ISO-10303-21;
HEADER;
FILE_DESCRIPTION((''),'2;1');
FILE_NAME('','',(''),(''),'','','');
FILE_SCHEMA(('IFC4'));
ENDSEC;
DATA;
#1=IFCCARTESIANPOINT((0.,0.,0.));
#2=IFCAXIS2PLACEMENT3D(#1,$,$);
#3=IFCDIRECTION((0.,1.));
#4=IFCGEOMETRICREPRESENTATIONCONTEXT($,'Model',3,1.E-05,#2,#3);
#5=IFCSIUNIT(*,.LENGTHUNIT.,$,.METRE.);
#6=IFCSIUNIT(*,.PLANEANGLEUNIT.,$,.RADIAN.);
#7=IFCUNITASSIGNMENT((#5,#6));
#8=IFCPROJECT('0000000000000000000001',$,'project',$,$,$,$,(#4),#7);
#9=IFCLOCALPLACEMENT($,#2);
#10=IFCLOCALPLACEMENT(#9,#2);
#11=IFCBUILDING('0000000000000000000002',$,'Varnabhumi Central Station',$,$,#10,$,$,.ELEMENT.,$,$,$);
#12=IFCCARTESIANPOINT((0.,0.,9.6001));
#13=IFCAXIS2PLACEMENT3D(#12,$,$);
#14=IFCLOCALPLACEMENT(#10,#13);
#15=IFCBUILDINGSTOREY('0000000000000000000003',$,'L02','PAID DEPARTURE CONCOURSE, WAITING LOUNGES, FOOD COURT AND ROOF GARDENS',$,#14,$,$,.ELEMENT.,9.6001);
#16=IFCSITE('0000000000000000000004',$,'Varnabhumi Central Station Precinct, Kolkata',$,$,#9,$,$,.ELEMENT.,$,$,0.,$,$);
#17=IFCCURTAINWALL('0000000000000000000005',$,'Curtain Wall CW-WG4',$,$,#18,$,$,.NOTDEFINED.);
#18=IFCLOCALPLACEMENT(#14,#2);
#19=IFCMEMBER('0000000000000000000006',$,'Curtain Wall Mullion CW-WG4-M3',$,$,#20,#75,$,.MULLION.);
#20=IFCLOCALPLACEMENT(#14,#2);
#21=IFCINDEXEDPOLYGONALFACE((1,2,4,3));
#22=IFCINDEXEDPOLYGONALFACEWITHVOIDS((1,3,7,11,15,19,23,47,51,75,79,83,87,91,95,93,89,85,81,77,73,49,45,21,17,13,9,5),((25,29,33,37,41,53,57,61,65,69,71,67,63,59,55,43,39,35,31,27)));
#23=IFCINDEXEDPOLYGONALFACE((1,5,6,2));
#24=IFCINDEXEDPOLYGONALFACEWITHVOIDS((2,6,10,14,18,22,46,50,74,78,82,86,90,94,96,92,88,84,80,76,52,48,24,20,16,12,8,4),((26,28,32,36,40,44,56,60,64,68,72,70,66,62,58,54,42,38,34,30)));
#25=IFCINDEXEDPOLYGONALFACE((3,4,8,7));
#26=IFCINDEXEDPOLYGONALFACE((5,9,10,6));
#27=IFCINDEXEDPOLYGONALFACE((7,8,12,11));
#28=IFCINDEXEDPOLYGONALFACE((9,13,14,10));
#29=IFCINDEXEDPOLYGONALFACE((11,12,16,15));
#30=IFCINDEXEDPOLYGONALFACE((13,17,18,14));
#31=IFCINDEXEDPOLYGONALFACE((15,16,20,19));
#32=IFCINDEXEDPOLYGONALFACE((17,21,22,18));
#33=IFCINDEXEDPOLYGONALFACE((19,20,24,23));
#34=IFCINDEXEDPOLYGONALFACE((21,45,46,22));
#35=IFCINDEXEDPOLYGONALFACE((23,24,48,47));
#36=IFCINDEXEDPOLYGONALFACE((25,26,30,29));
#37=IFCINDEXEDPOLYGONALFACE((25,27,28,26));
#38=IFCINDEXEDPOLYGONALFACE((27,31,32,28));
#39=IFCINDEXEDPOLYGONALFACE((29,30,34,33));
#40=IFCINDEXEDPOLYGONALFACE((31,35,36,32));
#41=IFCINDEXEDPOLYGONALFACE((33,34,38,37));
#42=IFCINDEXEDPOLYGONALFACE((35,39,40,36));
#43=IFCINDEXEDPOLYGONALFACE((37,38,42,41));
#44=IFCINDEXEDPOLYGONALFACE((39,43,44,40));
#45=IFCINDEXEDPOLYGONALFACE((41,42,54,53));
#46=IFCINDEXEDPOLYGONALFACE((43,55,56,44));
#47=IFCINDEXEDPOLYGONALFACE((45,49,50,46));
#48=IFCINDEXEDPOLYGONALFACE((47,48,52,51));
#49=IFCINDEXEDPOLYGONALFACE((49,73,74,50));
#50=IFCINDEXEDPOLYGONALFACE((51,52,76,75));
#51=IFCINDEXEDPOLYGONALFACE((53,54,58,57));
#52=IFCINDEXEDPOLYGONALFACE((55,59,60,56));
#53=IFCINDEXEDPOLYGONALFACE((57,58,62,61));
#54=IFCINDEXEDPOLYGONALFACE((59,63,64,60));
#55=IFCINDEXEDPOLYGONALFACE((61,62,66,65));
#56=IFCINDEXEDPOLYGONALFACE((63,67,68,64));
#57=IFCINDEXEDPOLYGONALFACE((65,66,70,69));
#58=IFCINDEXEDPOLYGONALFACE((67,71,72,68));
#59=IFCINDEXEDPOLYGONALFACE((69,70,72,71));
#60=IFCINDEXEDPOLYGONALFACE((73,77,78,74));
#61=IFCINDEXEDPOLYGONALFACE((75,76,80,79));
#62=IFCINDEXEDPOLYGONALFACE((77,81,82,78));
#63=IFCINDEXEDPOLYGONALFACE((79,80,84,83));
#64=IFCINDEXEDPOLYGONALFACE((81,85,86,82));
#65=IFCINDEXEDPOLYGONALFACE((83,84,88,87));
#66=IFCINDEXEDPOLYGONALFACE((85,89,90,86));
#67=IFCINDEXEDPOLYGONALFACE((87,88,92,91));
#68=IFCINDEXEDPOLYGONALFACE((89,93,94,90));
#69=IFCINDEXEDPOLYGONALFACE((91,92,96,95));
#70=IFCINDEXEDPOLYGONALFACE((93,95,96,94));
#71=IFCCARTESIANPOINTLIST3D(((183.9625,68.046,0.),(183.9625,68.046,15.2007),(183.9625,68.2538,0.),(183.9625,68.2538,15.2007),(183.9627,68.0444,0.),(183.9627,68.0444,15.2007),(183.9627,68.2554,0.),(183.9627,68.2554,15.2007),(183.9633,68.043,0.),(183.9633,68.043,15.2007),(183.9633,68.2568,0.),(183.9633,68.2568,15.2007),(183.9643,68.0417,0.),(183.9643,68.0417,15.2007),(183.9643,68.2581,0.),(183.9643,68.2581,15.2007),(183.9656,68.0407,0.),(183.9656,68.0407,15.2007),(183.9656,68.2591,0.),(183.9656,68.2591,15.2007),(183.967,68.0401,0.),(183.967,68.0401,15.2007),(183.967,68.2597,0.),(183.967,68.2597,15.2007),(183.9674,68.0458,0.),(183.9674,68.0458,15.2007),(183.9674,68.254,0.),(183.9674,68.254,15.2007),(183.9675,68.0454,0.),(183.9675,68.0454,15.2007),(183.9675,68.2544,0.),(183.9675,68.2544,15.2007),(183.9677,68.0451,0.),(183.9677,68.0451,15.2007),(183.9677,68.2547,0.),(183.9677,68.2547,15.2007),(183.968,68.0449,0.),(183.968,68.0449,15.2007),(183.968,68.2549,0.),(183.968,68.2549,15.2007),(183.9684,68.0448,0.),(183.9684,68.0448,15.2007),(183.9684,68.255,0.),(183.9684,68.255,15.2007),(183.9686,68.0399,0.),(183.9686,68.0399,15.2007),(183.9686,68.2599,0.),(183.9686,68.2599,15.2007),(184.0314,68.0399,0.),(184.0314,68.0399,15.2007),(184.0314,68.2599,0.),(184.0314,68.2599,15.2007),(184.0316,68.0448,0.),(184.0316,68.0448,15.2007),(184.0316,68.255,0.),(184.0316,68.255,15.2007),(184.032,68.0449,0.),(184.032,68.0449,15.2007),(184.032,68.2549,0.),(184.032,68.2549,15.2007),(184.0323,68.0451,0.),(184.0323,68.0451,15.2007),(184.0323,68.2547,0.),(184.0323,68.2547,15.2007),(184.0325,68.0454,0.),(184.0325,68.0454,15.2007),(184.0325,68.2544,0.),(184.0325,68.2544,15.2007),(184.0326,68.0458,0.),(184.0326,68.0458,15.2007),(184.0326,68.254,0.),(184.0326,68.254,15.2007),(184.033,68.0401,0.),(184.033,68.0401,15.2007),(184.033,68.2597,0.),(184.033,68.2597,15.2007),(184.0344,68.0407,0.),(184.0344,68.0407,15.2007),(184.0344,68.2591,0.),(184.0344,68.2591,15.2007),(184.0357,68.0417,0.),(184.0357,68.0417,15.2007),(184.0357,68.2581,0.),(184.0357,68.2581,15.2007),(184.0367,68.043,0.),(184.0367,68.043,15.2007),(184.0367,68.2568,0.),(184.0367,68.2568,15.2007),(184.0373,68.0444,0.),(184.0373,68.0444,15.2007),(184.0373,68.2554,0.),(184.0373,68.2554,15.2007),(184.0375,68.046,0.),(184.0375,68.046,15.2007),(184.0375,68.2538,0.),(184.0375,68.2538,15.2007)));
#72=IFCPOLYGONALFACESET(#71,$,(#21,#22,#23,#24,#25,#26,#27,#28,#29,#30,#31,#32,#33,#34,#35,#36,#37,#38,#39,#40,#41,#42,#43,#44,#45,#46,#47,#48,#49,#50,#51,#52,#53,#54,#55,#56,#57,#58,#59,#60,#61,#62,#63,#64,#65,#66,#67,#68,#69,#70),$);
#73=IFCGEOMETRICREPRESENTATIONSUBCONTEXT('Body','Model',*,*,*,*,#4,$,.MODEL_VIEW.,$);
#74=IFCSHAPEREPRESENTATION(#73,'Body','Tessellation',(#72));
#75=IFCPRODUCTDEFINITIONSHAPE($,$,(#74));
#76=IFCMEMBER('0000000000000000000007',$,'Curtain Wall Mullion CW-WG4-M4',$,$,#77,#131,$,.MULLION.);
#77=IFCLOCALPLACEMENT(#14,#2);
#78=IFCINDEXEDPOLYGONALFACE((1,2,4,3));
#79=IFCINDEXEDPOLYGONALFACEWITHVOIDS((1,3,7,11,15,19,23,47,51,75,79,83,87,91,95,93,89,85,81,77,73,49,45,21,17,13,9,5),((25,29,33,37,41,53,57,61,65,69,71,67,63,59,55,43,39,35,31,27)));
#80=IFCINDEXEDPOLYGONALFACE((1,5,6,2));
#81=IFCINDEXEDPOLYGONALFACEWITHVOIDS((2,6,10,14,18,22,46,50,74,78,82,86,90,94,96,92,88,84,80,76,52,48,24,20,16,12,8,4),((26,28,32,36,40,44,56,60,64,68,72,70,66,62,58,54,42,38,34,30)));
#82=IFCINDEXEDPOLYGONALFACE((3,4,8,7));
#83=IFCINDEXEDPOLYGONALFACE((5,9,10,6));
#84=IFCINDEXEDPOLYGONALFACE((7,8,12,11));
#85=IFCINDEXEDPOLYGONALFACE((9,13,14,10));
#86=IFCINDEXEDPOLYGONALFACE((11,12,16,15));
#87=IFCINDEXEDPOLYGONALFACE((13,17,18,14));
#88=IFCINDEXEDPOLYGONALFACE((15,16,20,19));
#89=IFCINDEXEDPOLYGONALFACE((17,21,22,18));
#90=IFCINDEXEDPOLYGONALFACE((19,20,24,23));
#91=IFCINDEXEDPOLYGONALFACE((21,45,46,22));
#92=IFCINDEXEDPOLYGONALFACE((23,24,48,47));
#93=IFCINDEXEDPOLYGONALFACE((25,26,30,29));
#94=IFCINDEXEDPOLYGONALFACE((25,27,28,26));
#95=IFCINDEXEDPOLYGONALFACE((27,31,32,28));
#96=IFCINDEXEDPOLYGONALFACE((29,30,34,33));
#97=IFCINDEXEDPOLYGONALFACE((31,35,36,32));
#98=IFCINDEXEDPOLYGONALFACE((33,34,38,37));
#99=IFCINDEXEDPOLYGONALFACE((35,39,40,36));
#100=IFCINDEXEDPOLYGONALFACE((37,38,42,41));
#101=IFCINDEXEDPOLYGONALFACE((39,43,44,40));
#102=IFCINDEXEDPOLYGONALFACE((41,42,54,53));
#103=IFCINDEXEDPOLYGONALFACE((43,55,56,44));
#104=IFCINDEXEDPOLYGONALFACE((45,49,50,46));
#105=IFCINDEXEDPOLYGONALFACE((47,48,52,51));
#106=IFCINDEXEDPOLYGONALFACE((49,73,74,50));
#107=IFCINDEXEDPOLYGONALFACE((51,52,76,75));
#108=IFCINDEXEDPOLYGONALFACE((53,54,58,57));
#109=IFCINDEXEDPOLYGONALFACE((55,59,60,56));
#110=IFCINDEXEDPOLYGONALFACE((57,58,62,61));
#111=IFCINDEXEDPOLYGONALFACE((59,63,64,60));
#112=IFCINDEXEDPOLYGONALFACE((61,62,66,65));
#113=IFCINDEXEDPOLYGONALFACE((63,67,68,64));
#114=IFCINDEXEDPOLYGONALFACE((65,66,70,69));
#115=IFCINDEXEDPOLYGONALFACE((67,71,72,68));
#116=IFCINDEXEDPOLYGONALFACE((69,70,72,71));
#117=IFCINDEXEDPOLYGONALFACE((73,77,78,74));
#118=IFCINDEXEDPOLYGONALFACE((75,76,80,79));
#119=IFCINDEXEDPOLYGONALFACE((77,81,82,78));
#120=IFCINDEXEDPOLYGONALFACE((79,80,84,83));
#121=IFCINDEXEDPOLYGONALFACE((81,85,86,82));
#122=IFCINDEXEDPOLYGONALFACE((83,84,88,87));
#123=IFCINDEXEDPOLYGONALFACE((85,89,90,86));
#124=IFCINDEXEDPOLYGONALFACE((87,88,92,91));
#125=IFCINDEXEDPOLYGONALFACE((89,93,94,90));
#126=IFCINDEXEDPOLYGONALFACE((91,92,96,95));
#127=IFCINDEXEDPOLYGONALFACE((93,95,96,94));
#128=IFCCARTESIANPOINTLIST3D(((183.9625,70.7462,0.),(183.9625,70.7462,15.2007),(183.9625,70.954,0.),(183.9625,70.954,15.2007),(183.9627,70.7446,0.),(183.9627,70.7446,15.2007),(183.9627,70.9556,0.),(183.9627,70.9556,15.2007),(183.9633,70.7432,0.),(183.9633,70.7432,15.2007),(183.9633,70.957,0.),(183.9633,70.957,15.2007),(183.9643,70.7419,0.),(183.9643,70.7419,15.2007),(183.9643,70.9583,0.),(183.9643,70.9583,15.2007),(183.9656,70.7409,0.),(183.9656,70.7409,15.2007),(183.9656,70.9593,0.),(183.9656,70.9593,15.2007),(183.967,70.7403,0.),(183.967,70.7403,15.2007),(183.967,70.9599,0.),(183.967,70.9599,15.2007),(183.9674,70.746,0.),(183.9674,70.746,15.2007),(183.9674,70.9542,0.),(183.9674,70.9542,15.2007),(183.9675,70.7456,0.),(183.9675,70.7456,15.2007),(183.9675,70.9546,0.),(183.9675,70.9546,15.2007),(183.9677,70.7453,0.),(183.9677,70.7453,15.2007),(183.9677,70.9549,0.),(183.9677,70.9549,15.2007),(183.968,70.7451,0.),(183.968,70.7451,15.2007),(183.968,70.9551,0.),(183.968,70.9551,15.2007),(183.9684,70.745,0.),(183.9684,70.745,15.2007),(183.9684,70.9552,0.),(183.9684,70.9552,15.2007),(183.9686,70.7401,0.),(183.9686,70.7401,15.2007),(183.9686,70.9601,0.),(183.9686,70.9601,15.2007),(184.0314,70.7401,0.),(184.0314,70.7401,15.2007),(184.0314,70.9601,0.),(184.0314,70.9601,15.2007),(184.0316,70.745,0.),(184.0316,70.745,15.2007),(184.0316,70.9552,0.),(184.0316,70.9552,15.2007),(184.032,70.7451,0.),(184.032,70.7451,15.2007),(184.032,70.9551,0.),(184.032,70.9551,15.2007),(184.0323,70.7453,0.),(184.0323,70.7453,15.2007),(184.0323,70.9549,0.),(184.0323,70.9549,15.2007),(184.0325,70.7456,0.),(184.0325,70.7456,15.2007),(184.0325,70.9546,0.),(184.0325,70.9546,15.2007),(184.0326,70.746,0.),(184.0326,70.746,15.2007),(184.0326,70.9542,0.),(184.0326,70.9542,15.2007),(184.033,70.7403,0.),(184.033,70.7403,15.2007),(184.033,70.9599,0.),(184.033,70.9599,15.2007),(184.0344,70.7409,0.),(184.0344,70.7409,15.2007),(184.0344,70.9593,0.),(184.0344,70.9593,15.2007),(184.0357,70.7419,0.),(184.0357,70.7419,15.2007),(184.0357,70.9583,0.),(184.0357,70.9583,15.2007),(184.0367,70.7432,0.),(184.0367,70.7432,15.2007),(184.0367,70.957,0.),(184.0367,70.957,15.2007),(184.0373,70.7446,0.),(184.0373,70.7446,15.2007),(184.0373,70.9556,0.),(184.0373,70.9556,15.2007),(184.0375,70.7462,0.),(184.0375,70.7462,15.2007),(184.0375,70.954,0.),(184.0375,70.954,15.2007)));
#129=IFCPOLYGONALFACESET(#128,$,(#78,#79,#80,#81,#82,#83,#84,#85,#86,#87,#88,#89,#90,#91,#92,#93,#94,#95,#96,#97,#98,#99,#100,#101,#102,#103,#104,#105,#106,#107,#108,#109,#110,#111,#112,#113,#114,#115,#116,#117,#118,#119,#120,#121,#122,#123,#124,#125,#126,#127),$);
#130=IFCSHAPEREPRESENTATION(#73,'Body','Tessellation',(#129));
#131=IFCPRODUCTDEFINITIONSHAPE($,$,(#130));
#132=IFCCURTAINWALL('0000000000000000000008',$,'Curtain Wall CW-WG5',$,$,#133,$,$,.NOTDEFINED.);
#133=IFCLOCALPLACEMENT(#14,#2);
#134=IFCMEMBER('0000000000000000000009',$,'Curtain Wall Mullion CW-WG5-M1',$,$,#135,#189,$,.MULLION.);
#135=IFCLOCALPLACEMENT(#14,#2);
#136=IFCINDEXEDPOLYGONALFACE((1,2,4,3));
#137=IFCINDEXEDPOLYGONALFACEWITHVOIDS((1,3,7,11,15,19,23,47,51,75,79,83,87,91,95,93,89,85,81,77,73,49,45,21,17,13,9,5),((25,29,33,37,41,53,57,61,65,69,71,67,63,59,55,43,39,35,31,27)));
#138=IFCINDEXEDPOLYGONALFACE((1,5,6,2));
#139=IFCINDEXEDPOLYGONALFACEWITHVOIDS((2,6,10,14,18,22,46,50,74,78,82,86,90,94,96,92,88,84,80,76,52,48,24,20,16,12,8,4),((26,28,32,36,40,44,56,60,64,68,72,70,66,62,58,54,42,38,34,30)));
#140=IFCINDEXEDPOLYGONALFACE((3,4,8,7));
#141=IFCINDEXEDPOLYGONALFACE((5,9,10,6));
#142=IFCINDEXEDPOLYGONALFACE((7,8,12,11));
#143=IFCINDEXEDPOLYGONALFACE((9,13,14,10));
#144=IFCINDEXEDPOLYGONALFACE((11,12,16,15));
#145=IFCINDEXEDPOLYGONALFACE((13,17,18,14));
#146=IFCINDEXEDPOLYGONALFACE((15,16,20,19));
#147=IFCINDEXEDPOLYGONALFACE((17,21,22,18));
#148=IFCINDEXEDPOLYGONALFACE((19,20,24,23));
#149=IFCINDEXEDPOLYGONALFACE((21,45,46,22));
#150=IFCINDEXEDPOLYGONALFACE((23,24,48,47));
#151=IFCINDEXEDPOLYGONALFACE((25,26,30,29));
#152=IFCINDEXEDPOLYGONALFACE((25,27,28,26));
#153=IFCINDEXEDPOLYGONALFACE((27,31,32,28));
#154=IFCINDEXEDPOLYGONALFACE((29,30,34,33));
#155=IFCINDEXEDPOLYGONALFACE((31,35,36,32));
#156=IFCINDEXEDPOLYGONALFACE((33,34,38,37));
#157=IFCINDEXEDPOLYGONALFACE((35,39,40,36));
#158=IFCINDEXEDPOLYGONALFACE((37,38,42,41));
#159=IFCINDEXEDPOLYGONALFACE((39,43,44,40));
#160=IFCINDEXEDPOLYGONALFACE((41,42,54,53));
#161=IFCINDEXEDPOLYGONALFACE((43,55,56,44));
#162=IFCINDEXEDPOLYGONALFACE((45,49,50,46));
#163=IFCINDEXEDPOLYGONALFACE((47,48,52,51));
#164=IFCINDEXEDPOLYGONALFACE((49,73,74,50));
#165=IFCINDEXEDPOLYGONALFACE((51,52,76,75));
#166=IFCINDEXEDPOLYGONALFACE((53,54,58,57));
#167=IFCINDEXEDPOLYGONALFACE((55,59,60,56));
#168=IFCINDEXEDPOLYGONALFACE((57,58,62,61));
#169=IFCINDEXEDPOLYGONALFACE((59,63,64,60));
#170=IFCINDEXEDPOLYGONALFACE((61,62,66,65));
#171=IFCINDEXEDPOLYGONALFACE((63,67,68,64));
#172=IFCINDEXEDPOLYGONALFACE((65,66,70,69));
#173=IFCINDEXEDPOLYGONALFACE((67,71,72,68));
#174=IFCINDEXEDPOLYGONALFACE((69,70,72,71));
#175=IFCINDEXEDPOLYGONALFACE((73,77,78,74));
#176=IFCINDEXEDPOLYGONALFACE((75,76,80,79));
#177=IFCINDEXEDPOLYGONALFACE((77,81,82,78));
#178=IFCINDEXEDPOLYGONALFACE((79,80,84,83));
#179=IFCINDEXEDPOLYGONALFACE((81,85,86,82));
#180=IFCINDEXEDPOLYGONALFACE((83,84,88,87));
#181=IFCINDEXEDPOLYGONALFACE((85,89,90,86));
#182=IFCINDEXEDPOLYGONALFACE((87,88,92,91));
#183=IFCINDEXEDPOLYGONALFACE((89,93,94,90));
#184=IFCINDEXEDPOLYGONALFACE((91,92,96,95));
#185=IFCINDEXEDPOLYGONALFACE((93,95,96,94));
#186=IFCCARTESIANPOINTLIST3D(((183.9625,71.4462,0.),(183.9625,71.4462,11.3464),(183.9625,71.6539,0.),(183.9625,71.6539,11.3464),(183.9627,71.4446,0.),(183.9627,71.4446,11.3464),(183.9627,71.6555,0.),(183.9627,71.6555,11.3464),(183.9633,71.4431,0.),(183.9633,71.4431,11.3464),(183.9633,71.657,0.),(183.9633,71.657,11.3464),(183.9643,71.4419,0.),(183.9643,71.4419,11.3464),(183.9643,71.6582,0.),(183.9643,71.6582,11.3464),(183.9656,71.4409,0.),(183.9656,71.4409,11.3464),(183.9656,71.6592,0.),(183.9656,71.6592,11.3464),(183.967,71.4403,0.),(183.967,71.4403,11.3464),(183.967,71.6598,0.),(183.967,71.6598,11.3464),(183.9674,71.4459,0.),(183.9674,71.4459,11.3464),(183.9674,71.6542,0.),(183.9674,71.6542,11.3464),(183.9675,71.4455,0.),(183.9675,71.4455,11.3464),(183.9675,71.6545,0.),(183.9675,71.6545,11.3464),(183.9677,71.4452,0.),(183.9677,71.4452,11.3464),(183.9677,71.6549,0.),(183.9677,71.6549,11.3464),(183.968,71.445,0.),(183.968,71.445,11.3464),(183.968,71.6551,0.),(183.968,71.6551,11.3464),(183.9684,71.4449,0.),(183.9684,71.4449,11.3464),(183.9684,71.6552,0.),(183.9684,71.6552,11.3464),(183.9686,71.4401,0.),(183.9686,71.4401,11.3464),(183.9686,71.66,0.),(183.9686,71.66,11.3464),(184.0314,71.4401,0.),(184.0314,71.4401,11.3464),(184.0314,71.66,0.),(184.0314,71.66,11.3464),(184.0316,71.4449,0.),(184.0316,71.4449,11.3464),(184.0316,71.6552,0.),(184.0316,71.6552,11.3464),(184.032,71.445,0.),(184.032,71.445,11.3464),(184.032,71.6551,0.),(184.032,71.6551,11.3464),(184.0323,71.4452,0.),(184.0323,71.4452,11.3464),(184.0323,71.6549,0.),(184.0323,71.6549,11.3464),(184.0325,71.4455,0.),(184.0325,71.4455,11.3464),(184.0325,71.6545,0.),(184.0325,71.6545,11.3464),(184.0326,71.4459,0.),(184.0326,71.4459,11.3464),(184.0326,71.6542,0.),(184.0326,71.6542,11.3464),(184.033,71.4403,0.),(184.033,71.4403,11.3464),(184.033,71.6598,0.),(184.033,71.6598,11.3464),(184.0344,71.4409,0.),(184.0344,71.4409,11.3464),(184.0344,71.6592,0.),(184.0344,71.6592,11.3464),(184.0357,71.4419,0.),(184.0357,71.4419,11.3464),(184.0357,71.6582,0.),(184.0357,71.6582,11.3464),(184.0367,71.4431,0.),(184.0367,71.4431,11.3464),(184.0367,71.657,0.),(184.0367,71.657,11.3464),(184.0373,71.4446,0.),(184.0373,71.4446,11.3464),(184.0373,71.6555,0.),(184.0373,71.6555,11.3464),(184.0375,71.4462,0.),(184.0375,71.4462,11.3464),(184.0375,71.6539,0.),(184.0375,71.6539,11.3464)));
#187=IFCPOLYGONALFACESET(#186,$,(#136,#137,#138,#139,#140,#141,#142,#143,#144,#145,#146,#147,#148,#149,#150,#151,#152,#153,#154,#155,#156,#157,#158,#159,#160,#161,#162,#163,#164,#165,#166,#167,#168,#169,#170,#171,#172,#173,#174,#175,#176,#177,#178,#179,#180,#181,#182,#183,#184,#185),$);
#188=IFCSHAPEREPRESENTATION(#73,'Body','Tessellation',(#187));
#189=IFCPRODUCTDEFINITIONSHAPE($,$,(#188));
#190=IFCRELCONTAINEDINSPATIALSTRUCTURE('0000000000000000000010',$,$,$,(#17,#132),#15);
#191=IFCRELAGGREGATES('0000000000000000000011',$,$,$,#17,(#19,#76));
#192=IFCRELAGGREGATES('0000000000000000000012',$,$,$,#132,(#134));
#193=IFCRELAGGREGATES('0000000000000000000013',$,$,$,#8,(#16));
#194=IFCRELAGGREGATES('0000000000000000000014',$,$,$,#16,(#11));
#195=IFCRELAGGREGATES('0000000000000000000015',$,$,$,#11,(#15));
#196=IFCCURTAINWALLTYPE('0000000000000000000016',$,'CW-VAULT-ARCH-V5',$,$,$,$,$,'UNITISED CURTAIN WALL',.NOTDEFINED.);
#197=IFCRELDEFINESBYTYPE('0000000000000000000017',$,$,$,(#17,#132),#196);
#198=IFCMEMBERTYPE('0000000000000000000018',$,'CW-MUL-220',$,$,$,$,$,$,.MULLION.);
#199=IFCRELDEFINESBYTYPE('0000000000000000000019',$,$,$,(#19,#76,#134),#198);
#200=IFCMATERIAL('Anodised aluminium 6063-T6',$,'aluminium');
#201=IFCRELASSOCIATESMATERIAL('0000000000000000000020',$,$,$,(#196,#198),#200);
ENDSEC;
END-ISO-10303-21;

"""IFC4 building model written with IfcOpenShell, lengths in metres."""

from ifc_helpers import new_model, si_unit, direction, frame, origin, origin_2d, place, context, subcontext, project, spatial, hollow_rectangle, extrude, material, material_profile, profile_set, type_object, element, aggregate, save


model = new_model("IFC4")

# Units and contexts
model_context = context("Model", 3, precision=1e-05, world=origin(), true_north=direction((0.0, 1.0)))
body_context = subcontext(model_context, "Body", "Model", "MODEL_VIEW")
ifc_project = project(units=[si_unit("LENGTHUNIT", "METRE"), si_unit("PLANEANGLEUNIT", "RADIAN")], contexts=[model_context])

# Site, building, storey
site_placement = place(None, origin())
site = spatial("IfcSite", under=ifc_project, at=site_placement, Name="Varnabhumi Central Station Precinct, Kolkata", CompositionType="ELEMENT", RefElevation=0.0)
building_placement = place(site_placement, origin())
building = spatial("IfcBuilding", under=site, at=building_placement, Name="Varnabhumi Central Station", CompositionType="ELEMENT")
storey_placement = place(building_placement, frame((0.0, 0.0, 9.6001)))
storey = spatial("IfcBuildingStorey", under=building, at=storey_placement, Name="L02", Description="PAID DEPARTURE CONCOURSE, WAITING LOUNGES, FOOD COURT AND ROOF GARDENS", CompositionType="ELEMENT", Elevation=9.6001)

# Curtain walls, members
ifc_material_1 = material(Name="Anodised aluminium 6063-T6", Category="aluminium")
curtain_wall_type = type_object("IfcCurtainWallType", Name="CW-VAULT-ARCH-V5", ElementType="UNITISED CURTAIN WALL", PredefinedType="NOTDEFINED", material=ifc_material_1)
curtain_wall_1_placement = place(storey_placement, origin())
curtain_wall_1 = element("IfcCurtainWall", 1, at=curtain_wall_1_placement, inside=storey, type_object=curtain_wall_type, Name="Curtain Wall CW-WG4", PredefinedType="NOTDEFINED")
ifc_material_profile_1 = material_profile(ifc_material_1, hollow_rectangle(XDim=0.075, YDim=0.22, WallThickness=0.0049, InnerFilletRadius=0.001, OuterFilletRadius=0.0061, at=origin_2d()), Name="Anodised aluminium 6063-T6", Category="aluminium")
ifc_profile_set_1 = profile_set([ifc_material_profile_1], Name="Anodised aluminium 6063-T6")
member_type_1 = type_object("IfcMemberType", Name="CW-MUL-220", PredefinedType="MULLION", material=ifc_profile_set_1)
member_1_placement = place(storey_placement, frame((184.0, 68.1499, 0.0), z_axis=(0.0, 0.0, 1.0), x_axis=(1.0, 0.0, 0.0)))
member_1 = element("IfcMember", 2, at=member_1_placement, type_object=member_type_1, Name="Curtain Wall Mullion CW-WG4-M3", PredefinedType="MULLION", context=body_context, shape_type="SweptSolid", body=[
    extrude(hollow_rectangle(XDim=0.075, YDim=0.22, WallThickness=0.0049, InnerFilletRadius=0.001, OuterFilletRadius=0.0061, at=origin_2d()), origin(), (0.0, 0.0, 1.0), 15.2007),
])
member_2_placement = place(storey_placement, frame((184.0, 70.8501, 0.0), z_axis=(0.0, 0.0, 1.0), x_axis=(1.0, 0.0, 0.0)))
member_2 = element("IfcMember", 3, at=member_2_placement, type_object=member_type_1, Name="Curtain Wall Mullion CW-WG4-M4", PredefinedType="MULLION", context=body_context, shape_type="SweptSolid", body=[
    extrude(hollow_rectangle(XDim=0.075, YDim=0.22, WallThickness=0.0049, InnerFilletRadius=0.001, OuterFilletRadius=0.0061, at=origin_2d()), origin(), (0.0, 0.0, 1.0), 15.2007),
])
curtain_wall_2_placement = place(storey_placement, origin())
curtain_wall_2 = element("IfcCurtainWall", 4, at=curtain_wall_2_placement, inside=storey, type_object=curtain_wall_type, Name="Curtain Wall CW-WG5", PredefinedType="NOTDEFINED")
member_3_placement = place(storey_placement, frame((184.0, 71.55, 0.0), z_axis=(0.0, 0.0, 1.0), x_axis=(1.0, 0.0, 0.0)))
member_3 = element("IfcMember", 5, at=member_3_placement, type_object=member_type_1, Name="Curtain Wall Mullion CW-WG5-M1", PredefinedType="MULLION", context=body_context, shape_type="SweptSolid", body=[
    extrude(hollow_rectangle(XDim=0.075, YDim=0.22, WallThickness=0.0049, InnerFilletRadius=0.001, OuterFilletRadius=0.0061, at=origin_2d()), origin(), (0.0, 0.0, 1.0), 11.3464),
])

aggregate(curtain_wall_1, [member_1, member_2])
aggregate(curtain_wall_2, [member_3])

save(model, "model.ifc")
